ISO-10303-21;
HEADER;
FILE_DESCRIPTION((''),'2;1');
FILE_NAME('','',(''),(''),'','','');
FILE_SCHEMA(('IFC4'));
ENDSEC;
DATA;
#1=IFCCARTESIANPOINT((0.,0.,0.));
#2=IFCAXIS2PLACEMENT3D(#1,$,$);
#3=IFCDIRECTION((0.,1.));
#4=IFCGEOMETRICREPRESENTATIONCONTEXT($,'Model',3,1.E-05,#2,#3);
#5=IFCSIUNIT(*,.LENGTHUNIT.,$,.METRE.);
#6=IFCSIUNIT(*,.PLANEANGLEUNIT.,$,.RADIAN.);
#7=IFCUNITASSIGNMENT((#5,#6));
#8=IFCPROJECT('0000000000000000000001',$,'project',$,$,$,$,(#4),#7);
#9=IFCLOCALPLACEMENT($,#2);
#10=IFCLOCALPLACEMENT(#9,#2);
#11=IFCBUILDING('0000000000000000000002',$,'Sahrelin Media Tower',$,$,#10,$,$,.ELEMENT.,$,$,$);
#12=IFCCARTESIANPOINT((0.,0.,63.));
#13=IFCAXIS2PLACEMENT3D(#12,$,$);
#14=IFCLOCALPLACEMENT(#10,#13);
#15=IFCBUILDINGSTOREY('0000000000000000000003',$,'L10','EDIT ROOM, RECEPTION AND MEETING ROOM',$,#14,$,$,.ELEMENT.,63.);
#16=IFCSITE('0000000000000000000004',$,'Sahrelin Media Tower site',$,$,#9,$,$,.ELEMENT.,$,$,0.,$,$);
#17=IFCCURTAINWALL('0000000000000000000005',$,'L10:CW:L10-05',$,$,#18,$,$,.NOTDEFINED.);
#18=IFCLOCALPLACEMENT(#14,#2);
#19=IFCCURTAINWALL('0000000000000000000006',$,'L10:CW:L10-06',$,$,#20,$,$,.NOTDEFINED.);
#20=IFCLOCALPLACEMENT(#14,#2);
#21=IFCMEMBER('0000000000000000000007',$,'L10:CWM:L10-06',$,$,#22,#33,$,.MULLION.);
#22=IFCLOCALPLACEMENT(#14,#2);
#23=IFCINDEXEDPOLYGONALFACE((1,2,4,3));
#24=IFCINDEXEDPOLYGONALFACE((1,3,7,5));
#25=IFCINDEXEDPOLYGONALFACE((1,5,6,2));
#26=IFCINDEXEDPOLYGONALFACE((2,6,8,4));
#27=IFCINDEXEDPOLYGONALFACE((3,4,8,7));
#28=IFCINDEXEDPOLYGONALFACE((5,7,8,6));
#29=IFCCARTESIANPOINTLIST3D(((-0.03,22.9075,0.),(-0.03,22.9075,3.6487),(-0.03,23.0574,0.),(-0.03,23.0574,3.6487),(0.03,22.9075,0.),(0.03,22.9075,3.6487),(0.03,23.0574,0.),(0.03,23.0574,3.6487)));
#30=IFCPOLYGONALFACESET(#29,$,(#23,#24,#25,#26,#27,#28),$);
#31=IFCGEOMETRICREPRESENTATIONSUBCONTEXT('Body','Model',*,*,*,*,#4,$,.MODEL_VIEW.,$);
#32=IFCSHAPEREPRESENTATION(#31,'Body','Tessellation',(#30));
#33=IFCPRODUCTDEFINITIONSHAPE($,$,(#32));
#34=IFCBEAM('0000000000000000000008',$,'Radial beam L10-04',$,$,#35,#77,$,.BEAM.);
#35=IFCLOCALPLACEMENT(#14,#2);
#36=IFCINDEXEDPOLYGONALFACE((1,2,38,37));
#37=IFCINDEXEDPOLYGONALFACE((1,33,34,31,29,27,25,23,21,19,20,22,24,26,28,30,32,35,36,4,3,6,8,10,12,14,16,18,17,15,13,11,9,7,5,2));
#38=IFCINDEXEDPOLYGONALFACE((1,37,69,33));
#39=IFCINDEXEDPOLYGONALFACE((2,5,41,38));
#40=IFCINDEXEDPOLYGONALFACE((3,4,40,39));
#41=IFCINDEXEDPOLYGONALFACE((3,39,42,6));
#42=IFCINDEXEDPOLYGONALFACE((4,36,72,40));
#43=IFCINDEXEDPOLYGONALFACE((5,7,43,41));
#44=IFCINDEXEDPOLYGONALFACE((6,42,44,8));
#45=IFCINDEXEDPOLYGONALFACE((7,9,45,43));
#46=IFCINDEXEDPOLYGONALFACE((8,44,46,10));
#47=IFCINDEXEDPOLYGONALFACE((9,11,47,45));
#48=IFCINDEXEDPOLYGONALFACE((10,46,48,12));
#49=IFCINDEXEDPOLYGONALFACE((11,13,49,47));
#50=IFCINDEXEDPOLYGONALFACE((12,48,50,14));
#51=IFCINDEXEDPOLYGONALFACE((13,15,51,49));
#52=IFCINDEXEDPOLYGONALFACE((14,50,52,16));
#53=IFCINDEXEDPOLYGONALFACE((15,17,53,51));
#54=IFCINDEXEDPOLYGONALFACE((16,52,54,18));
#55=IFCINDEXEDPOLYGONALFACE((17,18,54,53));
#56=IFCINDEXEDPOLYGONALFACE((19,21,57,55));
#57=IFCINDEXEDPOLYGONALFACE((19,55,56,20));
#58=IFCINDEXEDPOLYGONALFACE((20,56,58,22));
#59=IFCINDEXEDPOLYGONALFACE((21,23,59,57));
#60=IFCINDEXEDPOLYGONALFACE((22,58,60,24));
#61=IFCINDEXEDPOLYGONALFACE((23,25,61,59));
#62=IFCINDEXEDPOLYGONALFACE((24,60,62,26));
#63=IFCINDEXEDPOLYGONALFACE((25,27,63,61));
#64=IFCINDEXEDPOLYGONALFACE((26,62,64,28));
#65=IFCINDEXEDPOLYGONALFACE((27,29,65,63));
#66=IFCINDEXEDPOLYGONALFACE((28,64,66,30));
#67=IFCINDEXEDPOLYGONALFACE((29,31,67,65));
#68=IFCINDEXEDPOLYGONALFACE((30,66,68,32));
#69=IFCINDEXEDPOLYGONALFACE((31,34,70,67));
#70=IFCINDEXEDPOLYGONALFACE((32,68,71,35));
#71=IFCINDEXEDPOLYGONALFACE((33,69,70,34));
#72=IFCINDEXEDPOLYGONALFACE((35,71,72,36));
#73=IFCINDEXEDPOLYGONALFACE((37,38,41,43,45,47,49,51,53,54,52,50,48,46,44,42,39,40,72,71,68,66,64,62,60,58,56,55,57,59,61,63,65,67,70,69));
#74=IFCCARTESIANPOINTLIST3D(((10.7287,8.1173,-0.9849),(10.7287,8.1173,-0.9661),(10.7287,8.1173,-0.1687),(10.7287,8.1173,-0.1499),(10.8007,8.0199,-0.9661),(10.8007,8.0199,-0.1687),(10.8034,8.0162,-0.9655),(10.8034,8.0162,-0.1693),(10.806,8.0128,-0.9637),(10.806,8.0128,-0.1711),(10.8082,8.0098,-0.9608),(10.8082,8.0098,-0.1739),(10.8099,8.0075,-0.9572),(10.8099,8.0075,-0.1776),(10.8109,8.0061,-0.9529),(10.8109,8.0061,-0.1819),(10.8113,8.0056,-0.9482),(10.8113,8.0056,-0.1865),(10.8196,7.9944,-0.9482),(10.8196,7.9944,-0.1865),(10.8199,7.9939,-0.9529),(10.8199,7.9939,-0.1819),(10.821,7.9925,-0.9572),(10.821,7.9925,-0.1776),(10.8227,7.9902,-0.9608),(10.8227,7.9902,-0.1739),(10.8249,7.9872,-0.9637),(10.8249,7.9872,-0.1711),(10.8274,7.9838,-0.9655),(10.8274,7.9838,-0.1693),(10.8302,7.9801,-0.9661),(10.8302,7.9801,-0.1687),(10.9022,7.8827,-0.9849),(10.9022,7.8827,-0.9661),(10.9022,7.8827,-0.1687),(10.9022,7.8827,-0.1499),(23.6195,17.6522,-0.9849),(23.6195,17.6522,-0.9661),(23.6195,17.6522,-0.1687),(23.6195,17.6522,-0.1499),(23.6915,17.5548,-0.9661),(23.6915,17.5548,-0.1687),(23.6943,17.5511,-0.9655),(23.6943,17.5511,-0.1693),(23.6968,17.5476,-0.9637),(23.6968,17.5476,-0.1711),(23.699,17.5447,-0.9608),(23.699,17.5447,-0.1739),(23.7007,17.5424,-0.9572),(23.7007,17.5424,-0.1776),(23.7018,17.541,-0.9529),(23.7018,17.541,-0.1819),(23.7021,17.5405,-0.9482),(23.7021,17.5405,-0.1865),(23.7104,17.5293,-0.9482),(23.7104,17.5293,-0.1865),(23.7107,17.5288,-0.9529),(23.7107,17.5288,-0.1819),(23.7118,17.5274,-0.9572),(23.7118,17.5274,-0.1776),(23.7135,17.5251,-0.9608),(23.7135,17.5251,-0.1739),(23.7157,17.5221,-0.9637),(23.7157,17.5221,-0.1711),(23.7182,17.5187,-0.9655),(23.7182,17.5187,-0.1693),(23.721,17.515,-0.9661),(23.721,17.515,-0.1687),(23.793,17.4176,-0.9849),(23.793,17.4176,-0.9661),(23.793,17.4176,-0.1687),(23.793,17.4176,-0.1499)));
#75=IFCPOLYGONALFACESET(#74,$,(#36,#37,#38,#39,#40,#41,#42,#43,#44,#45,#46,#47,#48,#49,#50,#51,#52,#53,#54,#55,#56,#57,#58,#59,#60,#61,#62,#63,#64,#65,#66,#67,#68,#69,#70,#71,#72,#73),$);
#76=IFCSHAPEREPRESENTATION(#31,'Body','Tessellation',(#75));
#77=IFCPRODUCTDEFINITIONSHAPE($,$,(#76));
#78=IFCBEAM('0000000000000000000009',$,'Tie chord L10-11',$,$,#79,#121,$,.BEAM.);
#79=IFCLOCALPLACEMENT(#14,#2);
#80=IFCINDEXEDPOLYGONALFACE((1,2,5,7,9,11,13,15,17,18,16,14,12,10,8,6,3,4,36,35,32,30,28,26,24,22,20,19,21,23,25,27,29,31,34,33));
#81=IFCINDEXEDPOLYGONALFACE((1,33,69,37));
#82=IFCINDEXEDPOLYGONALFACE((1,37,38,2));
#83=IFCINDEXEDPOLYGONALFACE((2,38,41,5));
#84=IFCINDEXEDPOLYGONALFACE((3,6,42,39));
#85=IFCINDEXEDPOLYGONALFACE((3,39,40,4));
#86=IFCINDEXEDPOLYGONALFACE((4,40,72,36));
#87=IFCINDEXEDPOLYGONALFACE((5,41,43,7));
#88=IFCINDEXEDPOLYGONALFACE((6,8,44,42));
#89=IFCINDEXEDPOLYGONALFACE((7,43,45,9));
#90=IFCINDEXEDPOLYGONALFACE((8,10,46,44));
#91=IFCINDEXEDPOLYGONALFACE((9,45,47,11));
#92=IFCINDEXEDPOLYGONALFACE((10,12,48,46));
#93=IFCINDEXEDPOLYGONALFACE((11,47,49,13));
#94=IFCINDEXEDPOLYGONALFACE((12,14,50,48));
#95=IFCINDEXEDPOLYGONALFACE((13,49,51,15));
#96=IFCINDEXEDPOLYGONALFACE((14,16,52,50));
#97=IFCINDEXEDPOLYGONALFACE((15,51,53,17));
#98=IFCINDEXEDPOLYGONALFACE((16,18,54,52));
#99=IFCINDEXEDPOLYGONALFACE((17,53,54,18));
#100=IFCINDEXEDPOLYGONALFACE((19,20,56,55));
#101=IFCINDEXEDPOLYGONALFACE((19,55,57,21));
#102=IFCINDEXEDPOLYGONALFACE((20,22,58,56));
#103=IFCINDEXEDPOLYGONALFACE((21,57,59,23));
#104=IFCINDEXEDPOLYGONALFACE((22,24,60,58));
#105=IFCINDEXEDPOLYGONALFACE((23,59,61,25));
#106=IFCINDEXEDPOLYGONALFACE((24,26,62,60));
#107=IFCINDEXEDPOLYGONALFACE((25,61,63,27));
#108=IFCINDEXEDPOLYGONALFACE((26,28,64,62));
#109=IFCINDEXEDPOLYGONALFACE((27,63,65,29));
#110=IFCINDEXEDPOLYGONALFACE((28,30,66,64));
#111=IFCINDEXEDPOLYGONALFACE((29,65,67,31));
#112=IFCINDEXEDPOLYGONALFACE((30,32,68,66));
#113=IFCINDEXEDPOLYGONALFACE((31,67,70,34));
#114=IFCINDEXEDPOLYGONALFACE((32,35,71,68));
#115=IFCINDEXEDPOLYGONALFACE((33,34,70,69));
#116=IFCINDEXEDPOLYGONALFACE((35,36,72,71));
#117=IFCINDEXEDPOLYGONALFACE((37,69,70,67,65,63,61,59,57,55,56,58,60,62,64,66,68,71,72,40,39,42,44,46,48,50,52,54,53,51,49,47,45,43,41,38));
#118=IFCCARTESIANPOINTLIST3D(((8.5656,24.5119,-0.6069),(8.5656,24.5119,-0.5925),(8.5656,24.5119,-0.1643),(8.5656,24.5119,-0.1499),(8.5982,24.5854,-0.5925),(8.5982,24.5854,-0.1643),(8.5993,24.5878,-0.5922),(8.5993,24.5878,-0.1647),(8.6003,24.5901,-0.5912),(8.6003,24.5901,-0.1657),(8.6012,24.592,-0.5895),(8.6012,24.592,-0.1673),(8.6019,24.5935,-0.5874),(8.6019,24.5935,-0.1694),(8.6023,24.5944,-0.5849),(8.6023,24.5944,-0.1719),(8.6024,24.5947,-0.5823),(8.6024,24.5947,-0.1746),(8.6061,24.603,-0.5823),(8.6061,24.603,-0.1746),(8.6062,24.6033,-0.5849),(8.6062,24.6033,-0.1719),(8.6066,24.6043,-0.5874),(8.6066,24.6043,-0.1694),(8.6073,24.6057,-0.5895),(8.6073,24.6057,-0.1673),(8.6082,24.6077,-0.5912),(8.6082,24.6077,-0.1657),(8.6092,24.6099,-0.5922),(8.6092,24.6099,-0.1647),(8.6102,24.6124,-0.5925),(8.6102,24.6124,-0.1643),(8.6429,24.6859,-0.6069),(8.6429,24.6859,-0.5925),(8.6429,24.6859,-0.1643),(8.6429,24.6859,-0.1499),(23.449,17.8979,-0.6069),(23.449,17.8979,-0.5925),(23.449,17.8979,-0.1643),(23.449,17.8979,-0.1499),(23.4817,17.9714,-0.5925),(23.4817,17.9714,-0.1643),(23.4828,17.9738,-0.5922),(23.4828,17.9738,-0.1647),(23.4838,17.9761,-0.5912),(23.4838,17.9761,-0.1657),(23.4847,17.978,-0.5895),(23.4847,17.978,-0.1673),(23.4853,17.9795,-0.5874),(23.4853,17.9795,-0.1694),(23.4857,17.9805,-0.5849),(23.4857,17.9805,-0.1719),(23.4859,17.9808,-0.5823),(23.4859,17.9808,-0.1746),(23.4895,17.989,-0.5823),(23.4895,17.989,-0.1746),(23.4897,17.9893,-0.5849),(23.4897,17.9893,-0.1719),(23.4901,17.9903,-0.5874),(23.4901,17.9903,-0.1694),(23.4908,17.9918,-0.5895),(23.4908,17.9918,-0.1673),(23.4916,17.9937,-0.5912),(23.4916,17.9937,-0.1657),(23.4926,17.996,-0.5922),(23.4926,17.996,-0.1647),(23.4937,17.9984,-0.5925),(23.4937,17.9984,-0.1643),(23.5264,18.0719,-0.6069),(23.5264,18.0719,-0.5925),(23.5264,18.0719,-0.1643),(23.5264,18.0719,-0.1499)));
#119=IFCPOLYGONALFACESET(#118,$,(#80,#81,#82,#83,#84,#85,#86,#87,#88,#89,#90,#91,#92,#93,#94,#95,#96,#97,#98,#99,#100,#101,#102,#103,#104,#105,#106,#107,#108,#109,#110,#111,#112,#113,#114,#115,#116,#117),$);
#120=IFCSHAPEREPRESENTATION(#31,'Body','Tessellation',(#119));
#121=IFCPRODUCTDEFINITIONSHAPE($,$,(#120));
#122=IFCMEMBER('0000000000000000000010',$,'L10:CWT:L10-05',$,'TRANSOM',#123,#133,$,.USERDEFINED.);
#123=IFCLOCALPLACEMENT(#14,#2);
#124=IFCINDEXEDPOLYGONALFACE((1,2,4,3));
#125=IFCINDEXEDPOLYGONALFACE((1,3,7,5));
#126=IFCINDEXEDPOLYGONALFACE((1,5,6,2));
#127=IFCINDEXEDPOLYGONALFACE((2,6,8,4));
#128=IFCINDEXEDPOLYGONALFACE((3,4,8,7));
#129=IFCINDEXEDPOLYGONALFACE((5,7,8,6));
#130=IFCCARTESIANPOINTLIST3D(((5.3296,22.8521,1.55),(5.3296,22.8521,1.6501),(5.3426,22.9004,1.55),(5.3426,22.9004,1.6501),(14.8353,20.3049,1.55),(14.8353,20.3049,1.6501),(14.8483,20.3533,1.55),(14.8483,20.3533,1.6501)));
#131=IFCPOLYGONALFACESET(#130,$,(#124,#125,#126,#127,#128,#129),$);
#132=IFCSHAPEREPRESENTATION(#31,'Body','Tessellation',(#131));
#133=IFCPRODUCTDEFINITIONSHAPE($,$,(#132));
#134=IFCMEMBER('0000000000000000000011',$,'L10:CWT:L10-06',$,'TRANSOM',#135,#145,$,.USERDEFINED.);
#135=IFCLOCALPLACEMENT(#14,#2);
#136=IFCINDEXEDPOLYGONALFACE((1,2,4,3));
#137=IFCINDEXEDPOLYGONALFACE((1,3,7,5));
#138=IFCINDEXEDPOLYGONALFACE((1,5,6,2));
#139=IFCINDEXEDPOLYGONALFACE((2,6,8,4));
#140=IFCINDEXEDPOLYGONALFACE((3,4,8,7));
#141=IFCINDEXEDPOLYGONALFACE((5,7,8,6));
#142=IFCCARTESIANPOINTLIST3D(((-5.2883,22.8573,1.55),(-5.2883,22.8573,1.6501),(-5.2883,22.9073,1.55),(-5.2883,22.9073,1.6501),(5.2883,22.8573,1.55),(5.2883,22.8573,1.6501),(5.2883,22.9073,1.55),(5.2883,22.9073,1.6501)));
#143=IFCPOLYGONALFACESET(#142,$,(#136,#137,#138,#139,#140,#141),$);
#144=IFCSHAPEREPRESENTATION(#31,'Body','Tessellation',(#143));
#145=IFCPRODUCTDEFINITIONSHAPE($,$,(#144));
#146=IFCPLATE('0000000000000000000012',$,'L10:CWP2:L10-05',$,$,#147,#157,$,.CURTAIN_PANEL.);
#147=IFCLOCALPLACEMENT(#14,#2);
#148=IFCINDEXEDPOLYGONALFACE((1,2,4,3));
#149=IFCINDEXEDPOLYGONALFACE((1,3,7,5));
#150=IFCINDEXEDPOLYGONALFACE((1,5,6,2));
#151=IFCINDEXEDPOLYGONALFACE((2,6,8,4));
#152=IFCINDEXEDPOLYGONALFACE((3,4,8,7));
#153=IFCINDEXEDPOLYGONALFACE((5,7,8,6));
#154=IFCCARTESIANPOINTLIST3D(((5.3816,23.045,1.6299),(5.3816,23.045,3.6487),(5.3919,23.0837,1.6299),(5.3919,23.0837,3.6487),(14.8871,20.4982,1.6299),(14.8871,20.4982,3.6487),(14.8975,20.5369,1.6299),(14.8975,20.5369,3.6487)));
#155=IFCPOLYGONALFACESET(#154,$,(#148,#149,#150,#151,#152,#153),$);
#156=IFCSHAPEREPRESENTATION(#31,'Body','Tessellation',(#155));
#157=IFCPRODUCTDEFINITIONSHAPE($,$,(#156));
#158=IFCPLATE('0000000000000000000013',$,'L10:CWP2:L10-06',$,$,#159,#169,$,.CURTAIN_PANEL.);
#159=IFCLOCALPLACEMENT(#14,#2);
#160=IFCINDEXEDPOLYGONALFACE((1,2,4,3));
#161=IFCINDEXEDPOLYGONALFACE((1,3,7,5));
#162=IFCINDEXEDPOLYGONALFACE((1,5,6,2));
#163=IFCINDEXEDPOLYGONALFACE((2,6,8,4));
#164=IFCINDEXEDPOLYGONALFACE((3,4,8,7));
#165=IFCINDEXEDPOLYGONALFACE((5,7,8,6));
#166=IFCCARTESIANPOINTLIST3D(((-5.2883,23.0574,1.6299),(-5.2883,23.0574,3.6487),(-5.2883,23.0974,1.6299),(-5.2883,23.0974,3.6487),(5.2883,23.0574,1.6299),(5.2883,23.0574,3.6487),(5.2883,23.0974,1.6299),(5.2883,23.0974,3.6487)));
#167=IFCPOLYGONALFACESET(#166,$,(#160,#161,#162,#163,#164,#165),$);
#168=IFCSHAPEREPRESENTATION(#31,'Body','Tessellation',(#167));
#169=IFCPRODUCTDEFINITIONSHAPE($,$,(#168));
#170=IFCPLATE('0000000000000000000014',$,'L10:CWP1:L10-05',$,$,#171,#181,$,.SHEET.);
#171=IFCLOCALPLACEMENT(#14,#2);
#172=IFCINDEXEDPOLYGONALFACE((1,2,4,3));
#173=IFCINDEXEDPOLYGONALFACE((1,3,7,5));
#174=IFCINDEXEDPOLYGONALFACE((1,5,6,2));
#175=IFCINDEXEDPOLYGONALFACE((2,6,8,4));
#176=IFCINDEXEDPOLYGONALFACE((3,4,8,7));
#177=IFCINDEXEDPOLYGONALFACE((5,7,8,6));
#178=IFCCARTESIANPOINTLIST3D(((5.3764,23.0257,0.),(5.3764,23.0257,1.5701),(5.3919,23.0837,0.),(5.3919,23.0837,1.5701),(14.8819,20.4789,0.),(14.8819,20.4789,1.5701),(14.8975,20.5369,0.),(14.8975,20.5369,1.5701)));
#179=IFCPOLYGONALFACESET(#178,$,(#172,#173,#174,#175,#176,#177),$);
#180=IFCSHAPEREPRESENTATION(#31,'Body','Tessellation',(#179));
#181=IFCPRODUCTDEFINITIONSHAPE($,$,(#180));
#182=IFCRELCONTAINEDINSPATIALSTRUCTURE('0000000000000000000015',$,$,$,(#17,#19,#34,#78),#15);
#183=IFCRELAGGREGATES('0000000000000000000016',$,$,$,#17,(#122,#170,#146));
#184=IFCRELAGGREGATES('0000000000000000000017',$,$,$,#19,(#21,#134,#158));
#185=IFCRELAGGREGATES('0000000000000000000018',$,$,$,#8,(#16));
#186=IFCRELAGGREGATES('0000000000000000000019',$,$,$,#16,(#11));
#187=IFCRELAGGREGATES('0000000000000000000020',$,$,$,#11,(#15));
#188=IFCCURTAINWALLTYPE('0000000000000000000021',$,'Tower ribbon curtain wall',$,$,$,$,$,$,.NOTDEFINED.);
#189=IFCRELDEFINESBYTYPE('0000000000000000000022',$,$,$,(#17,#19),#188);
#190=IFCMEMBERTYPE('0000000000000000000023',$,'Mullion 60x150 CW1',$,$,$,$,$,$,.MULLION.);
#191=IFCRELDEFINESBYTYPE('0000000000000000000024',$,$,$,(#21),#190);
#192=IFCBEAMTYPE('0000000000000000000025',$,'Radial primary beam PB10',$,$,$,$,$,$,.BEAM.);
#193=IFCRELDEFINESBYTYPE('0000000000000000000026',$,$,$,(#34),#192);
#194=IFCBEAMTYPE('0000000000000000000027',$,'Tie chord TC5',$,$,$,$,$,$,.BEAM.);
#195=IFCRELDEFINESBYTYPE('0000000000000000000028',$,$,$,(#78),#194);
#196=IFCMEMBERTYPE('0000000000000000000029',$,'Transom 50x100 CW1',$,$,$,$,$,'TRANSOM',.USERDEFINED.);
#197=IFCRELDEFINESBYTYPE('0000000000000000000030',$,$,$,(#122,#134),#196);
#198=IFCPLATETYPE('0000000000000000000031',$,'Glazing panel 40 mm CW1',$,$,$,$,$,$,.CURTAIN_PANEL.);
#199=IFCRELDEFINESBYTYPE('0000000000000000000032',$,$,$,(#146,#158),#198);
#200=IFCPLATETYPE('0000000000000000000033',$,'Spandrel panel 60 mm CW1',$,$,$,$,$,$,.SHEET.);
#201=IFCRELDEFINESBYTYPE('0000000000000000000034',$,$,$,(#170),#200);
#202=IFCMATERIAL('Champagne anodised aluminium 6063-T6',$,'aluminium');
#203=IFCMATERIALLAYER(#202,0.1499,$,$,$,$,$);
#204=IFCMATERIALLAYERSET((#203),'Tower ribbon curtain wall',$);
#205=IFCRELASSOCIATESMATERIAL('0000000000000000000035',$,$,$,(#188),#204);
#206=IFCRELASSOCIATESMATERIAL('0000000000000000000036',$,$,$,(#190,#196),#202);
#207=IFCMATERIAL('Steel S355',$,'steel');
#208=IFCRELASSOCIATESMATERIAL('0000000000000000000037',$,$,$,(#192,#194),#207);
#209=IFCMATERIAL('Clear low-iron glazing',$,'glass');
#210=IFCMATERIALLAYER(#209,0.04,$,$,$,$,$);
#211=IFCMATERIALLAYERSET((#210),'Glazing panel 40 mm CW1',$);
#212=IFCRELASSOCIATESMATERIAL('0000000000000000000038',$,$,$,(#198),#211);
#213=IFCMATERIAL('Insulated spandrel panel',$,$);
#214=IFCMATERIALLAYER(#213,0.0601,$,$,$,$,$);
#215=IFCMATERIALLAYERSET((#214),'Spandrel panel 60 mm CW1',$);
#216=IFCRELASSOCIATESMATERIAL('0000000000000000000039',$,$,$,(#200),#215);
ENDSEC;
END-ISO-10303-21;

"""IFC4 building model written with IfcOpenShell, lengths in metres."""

from ifc_helpers import new_model, si_unit, direction, frame, origin, origin_2d, place, context, subcontext, project, spatial, polyline, rectangle, i_section, outline, extrude, material, layer, layer_set, material_profile, profile_set, type_object, element, aggregate, save


model = new_model("IFC4")

# Units and contexts
model_context = context("Model", 3, precision=1e-05, world=origin(), true_north=direction((0.0, 1.0)))
body_context = subcontext(model_context, "Body", "Model", "MODEL_VIEW")
ifc_project = project(units=[si_unit("LENGTHUNIT", "METRE"), si_unit("PLANEANGLEUNIT", "RADIAN")], contexts=[model_context])

# Site, building, storey
site_placement = place(None, origin())
site = spatial("IfcSite", under=ifc_project, at=site_placement, Name="Sahrelin Media Tower site", CompositionType="ELEMENT", RefElevation=0.0)
building_placement = place(site_placement, origin())
building = spatial("IfcBuilding", under=site, at=building_placement, Name="Sahrelin Media Tower", CompositionType="ELEMENT")
storey_placement = place(building_placement, frame((0.0, 0.0, 63.0)))
storey = spatial("IfcBuildingStorey", under=building, at=storey_placement, Name="L10", Description="EDIT ROOM, RECEPTION AND MEETING ROOM", CompositionType="ELEMENT", Elevation=63.0)

# Shared definitions
ifc_material_1 = material(Name="Steel S355", Category="steel")

# Curtain walls, member
ifc_material_2 = material(Name="Champagne anodised aluminium 6063-T6", Category="aluminium")
ifc_layer_1 = layer(ifc_material_2, 0.1499)
ifc_layer_set_1 = layer_set([ifc_layer_1], Name="Tower ribbon curtain wall")
curtain_wall_type = type_object("IfcCurtainWallType", Name="Tower ribbon curtain wall", PredefinedType="NOTDEFINED", material=ifc_layer_set_1)
curtain_wall_1_placement = place(storey_placement, frame((10.1394, 21.791, 0.0), z_axis=(0.0, 0.0, 1.0), x_axis=(1.0, 0.0, 0.0)))
curtain_wall_1 = element("IfcCurtainWall", 1, at=curtain_wall_1_placement, inside=storey, type_object=curtain_wall_type, Name="L10:CW:L10-05", PredefinedType="NOTDEFINED")
ifc_material_profile_1 = material_profile(ifc_material_2, rectangle(XDim=0.0601, YDim=0.1499, at=origin_2d()), Name="Mullion 60x150")
ifc_profile_set_1 = profile_set([ifc_material_profile_1], Name="Champagne anodised aluminium 6063-T6")
member_type_1 = type_object("IfcMemberType", Name="Mullion 60x150 CW1", PredefinedType="MULLION", material=ifc_profile_set_1)
placement_1 = place(storey_placement, frame((0.0, 23.0774, 0.0), z_axis=(0.0, 0.0, 1.0), x_axis=(1.0, 0.0, 0.0)))
curtain_wall_2 = element("IfcCurtainWall", 2, at=placement_1, inside=storey, type_object=curtain_wall_type, Name="L10:CW:L10-06", PredefinedType="NOTDEFINED")
member_1_placement = place(storey_placement, frame((0.0, 22.9824, 0.0), z_axis=(0.0, 0.0, 1.0), x_axis=(-1.0, 0.0, 0.0)))
member_1 = element("IfcMember", 3, at=member_1_placement, type_object=member_type_1, Name="L10:CWM:L10-06", PredefinedType="MULLION", context=body_context, shape_type="SweptSolid", body=[
    extrude(rectangle(XDim=0.0601, YDim=0.1499, at=origin_2d()), origin(), (0.0, 0.0, 1.0), 3.6487),
])

# Beams
ifc_material_profile_2 = material_profile(ifc_material_1, i_section(OverallWidth=0.2917, OverallDepth=0.835, WebThickness=0.0139, FlangeThickness=0.0188, FilletRadius=0.0178, at=origin_2d()), Name="UB 838x292x176")
ifc_profile_set_2 = profile_set([ifc_material_profile_2], Name="Steel S355")
beam_type_1 = type_object("IfcBeamType", Name="Radial primary beam PB10", PredefinedType="BEAM", material=ifc_profile_set_2)
beam_1_placement = place(storey_placement, frame((10.8154, 8.0, -0.5674), z_axis=(0.803971, 0.594668, 0.0), x_axis=(-0.594668, 0.803971, 0.0)))
element("IfcBeam", 4, at=beam_1_placement, inside=storey, type_object=beam_type_1, Name="Radial beam L10-04", PredefinedType="BEAM", context=body_context, shape_type="SweptSolid", body=[
    extrude(i_section(OverallWidth=0.2917, OverallDepth=0.835, WebThickness=0.0139, FlangeThickness=0.0188, FilletRadius=0.0178, at=origin_2d()), origin(), (0.0, 0.0, 1.0), 16.0339),
])
ifc_material_profile_3 = material_profile(ifc_material_1, i_section(OverallWidth=0.1904, OverallDepth=0.457, WebThickness=0.009, FlangeThickness=0.0144, FilletRadius=0.0103, at=origin_2d()), Name="UB 457x191x74")
ifc_profile_set_3 = profile_set([ifc_material_profile_3], Name="Steel S355")
beam_type_2 = type_object("IfcBeamType", Name="Tie chord TC5", PredefinedType="BEAM", material=ifc_profile_set_3)
beam_2_placement = place(storey_placement, frame((8.6042, 24.5989, -0.3784), z_axis=(0.913832, -0.406093, 0.0), x_axis=(0.406093, 0.913832, 0.0)))
element("IfcBeam", 5, at=beam_2_placement, inside=storey, type_object=beam_type_2, Name="Tie chord L10-11", PredefinedType="BEAM", context=body_context, shape_type="SweptSolid", body=[
    extrude(i_section(OverallWidth=0.1904, OverallDepth=0.457, WebThickness=0.009, FlangeThickness=0.0144, FilletRadius=0.0103, at=origin_2d()), origin(), (0.0, 0.0, 1.0), 16.2869),
])

# Members
ifc_material_profile_4 = material_profile(ifc_material_2, rectangle(XDim=0.05, YDim=0.1001, at=origin_2d()), Name="Transom 50x100")
ifc_profile_set_4 = profile_set([ifc_material_profile_4], Name="Champagne anodised aluminium 6063-T6")
member_type_2 = type_object("IfcMemberType", Name="Transom 50x100 CW1", ElementType="TRANSOM", PredefinedType="USERDEFINED", material=ifc_profile_set_4)
member_2_placement = place(storey_placement, frame((14.8418, 20.3291, 1.6001), z_axis=(-0.965923, 0.258828, 0.0), x_axis=(-0.258828, -0.965923, 0.0)))
member_2 = element("IfcMember", 6, at=member_2_placement, type_object=member_type_2, Name="L10:CWT:L10-05", ObjectType="TRANSOM", PredefinedType="USERDEFINED", context=body_context, shape_type="SweptSolid", body=[
    extrude(rectangle(XDim=0.05, YDim=0.1001, at=origin_2d()), origin(), (0.0, 0.0, 1.0), 9.8411),
])
member_3_placement = place(storey_placement, frame((5.2883, 22.8823, 1.6001), z_axis=(-1.0, 0.0, 0.0), x_axis=(0.0, -1.0, 0.0)))
member_3 = element("IfcMember", 7, at=member_3_placement, type_object=member_type_2, Name="L10:CWT:L10-06", ObjectType="TRANSOM", PredefinedType="USERDEFINED", context=body_context, shape_type="SweptSolid", body=[
    extrude(rectangle(XDim=0.05, YDim=0.1001, at=origin_2d()), origin(), (0.0, 0.0, 1.0), 10.5767),
])

# Plates
ifc_material_3 = material(Name="Clear low-iron glazing", Category="glass")
ifc_layer_2 = layer(ifc_material_3, 0.04)
ifc_layer_set_2 = layer_set([ifc_layer_2], Name="Glazing panel 40 mm CW1")
plate_type_1 = type_object("IfcPlateType", Name="Glazing panel 40 mm CW1", PredefinedType="CURTAIN_PANEL", material=ifc_layer_set_2)
plate_1_placement = place(storey_placement, frame((14.8975, 20.5369, 1.6299), z_axis=(0.258805, 0.96593, 0.0), x_axis=(-0.96593, 0.258805, 0.0)))
plate_1 = element("IfcPlate", 8, at=plate_1_placement, type_object=plate_type_1, Name="L10:CWP2:L10-05", PredefinedType="CURTAIN_PANEL", context=body_context, shape_type="SweptSolid", body=[
    extrude(outline(polyline([(0.0, 0.0), (9.8408, 0.0), (9.8408, 2.0188), (0.0, 2.0188), (0.0, 0.0)])), origin(), (0.0, 0.0, -1.0), 0.04),
])
plate_2_placement = place(storey_placement, frame((5.2883, 23.0974, 1.6299), z_axis=(0.0, 1.0, 0.0), x_axis=(-1.0, 0.0, 0.0)))
plate_2 = element("IfcPlate", 9, at=plate_2_placement, type_object=plate_type_1, Name="L10:CWP2:L10-06", PredefinedType="CURTAIN_PANEL", context=body_context, shape_type="SweptSolid", body=[
    extrude(outline(polyline([(0.0, 0.0), (10.5767, 0.0), (10.5767, 2.0188), (0.0, 2.0188), (0.0, 0.0)])), origin(), (0.0, 0.0, -1.0), 0.04),
])
ifc_material_4 = material(Name="Insulated spandrel panel")
ifc_layer_3 = layer(ifc_material_4, 0.0601)
ifc_layer_set_3 = layer_set([ifc_layer_3], Name="Spandrel panel 60 mm CW1")
plate_type_2 = type_object("IfcPlateType", Name="Spandrel panel 60 mm CW1", PredefinedType="SHEET", material=ifc_layer_set_3)
plate_3_placement = place(storey_placement, frame((14.8975, 20.5369, 0.0), z_axis=(0.258805, 0.96593, 0.0), x_axis=(-0.96593, 0.258805, 0.0)))
plate_3 = element("IfcPlate", 10, at=plate_3_placement, type_object=plate_type_2, Name="L10:CWP1:L10-05", PredefinedType="SHEET", context=body_context, shape_type="SweptSolid", body=[
    extrude(outline(polyline([(0.0, 0.0), (9.8408, 0.0), (9.8408, 1.5701), (0.0, 1.5701), (0.0, 0.0)])), origin(), (0.0, 0.0, -1.0), 0.0601),
])
aggregate(curtain_wall_1, [member_2, plate_3, plate_1])
aggregate(curtain_wall_2, [member_1, member_3, plate_2])

save(model, "model.ifc")
